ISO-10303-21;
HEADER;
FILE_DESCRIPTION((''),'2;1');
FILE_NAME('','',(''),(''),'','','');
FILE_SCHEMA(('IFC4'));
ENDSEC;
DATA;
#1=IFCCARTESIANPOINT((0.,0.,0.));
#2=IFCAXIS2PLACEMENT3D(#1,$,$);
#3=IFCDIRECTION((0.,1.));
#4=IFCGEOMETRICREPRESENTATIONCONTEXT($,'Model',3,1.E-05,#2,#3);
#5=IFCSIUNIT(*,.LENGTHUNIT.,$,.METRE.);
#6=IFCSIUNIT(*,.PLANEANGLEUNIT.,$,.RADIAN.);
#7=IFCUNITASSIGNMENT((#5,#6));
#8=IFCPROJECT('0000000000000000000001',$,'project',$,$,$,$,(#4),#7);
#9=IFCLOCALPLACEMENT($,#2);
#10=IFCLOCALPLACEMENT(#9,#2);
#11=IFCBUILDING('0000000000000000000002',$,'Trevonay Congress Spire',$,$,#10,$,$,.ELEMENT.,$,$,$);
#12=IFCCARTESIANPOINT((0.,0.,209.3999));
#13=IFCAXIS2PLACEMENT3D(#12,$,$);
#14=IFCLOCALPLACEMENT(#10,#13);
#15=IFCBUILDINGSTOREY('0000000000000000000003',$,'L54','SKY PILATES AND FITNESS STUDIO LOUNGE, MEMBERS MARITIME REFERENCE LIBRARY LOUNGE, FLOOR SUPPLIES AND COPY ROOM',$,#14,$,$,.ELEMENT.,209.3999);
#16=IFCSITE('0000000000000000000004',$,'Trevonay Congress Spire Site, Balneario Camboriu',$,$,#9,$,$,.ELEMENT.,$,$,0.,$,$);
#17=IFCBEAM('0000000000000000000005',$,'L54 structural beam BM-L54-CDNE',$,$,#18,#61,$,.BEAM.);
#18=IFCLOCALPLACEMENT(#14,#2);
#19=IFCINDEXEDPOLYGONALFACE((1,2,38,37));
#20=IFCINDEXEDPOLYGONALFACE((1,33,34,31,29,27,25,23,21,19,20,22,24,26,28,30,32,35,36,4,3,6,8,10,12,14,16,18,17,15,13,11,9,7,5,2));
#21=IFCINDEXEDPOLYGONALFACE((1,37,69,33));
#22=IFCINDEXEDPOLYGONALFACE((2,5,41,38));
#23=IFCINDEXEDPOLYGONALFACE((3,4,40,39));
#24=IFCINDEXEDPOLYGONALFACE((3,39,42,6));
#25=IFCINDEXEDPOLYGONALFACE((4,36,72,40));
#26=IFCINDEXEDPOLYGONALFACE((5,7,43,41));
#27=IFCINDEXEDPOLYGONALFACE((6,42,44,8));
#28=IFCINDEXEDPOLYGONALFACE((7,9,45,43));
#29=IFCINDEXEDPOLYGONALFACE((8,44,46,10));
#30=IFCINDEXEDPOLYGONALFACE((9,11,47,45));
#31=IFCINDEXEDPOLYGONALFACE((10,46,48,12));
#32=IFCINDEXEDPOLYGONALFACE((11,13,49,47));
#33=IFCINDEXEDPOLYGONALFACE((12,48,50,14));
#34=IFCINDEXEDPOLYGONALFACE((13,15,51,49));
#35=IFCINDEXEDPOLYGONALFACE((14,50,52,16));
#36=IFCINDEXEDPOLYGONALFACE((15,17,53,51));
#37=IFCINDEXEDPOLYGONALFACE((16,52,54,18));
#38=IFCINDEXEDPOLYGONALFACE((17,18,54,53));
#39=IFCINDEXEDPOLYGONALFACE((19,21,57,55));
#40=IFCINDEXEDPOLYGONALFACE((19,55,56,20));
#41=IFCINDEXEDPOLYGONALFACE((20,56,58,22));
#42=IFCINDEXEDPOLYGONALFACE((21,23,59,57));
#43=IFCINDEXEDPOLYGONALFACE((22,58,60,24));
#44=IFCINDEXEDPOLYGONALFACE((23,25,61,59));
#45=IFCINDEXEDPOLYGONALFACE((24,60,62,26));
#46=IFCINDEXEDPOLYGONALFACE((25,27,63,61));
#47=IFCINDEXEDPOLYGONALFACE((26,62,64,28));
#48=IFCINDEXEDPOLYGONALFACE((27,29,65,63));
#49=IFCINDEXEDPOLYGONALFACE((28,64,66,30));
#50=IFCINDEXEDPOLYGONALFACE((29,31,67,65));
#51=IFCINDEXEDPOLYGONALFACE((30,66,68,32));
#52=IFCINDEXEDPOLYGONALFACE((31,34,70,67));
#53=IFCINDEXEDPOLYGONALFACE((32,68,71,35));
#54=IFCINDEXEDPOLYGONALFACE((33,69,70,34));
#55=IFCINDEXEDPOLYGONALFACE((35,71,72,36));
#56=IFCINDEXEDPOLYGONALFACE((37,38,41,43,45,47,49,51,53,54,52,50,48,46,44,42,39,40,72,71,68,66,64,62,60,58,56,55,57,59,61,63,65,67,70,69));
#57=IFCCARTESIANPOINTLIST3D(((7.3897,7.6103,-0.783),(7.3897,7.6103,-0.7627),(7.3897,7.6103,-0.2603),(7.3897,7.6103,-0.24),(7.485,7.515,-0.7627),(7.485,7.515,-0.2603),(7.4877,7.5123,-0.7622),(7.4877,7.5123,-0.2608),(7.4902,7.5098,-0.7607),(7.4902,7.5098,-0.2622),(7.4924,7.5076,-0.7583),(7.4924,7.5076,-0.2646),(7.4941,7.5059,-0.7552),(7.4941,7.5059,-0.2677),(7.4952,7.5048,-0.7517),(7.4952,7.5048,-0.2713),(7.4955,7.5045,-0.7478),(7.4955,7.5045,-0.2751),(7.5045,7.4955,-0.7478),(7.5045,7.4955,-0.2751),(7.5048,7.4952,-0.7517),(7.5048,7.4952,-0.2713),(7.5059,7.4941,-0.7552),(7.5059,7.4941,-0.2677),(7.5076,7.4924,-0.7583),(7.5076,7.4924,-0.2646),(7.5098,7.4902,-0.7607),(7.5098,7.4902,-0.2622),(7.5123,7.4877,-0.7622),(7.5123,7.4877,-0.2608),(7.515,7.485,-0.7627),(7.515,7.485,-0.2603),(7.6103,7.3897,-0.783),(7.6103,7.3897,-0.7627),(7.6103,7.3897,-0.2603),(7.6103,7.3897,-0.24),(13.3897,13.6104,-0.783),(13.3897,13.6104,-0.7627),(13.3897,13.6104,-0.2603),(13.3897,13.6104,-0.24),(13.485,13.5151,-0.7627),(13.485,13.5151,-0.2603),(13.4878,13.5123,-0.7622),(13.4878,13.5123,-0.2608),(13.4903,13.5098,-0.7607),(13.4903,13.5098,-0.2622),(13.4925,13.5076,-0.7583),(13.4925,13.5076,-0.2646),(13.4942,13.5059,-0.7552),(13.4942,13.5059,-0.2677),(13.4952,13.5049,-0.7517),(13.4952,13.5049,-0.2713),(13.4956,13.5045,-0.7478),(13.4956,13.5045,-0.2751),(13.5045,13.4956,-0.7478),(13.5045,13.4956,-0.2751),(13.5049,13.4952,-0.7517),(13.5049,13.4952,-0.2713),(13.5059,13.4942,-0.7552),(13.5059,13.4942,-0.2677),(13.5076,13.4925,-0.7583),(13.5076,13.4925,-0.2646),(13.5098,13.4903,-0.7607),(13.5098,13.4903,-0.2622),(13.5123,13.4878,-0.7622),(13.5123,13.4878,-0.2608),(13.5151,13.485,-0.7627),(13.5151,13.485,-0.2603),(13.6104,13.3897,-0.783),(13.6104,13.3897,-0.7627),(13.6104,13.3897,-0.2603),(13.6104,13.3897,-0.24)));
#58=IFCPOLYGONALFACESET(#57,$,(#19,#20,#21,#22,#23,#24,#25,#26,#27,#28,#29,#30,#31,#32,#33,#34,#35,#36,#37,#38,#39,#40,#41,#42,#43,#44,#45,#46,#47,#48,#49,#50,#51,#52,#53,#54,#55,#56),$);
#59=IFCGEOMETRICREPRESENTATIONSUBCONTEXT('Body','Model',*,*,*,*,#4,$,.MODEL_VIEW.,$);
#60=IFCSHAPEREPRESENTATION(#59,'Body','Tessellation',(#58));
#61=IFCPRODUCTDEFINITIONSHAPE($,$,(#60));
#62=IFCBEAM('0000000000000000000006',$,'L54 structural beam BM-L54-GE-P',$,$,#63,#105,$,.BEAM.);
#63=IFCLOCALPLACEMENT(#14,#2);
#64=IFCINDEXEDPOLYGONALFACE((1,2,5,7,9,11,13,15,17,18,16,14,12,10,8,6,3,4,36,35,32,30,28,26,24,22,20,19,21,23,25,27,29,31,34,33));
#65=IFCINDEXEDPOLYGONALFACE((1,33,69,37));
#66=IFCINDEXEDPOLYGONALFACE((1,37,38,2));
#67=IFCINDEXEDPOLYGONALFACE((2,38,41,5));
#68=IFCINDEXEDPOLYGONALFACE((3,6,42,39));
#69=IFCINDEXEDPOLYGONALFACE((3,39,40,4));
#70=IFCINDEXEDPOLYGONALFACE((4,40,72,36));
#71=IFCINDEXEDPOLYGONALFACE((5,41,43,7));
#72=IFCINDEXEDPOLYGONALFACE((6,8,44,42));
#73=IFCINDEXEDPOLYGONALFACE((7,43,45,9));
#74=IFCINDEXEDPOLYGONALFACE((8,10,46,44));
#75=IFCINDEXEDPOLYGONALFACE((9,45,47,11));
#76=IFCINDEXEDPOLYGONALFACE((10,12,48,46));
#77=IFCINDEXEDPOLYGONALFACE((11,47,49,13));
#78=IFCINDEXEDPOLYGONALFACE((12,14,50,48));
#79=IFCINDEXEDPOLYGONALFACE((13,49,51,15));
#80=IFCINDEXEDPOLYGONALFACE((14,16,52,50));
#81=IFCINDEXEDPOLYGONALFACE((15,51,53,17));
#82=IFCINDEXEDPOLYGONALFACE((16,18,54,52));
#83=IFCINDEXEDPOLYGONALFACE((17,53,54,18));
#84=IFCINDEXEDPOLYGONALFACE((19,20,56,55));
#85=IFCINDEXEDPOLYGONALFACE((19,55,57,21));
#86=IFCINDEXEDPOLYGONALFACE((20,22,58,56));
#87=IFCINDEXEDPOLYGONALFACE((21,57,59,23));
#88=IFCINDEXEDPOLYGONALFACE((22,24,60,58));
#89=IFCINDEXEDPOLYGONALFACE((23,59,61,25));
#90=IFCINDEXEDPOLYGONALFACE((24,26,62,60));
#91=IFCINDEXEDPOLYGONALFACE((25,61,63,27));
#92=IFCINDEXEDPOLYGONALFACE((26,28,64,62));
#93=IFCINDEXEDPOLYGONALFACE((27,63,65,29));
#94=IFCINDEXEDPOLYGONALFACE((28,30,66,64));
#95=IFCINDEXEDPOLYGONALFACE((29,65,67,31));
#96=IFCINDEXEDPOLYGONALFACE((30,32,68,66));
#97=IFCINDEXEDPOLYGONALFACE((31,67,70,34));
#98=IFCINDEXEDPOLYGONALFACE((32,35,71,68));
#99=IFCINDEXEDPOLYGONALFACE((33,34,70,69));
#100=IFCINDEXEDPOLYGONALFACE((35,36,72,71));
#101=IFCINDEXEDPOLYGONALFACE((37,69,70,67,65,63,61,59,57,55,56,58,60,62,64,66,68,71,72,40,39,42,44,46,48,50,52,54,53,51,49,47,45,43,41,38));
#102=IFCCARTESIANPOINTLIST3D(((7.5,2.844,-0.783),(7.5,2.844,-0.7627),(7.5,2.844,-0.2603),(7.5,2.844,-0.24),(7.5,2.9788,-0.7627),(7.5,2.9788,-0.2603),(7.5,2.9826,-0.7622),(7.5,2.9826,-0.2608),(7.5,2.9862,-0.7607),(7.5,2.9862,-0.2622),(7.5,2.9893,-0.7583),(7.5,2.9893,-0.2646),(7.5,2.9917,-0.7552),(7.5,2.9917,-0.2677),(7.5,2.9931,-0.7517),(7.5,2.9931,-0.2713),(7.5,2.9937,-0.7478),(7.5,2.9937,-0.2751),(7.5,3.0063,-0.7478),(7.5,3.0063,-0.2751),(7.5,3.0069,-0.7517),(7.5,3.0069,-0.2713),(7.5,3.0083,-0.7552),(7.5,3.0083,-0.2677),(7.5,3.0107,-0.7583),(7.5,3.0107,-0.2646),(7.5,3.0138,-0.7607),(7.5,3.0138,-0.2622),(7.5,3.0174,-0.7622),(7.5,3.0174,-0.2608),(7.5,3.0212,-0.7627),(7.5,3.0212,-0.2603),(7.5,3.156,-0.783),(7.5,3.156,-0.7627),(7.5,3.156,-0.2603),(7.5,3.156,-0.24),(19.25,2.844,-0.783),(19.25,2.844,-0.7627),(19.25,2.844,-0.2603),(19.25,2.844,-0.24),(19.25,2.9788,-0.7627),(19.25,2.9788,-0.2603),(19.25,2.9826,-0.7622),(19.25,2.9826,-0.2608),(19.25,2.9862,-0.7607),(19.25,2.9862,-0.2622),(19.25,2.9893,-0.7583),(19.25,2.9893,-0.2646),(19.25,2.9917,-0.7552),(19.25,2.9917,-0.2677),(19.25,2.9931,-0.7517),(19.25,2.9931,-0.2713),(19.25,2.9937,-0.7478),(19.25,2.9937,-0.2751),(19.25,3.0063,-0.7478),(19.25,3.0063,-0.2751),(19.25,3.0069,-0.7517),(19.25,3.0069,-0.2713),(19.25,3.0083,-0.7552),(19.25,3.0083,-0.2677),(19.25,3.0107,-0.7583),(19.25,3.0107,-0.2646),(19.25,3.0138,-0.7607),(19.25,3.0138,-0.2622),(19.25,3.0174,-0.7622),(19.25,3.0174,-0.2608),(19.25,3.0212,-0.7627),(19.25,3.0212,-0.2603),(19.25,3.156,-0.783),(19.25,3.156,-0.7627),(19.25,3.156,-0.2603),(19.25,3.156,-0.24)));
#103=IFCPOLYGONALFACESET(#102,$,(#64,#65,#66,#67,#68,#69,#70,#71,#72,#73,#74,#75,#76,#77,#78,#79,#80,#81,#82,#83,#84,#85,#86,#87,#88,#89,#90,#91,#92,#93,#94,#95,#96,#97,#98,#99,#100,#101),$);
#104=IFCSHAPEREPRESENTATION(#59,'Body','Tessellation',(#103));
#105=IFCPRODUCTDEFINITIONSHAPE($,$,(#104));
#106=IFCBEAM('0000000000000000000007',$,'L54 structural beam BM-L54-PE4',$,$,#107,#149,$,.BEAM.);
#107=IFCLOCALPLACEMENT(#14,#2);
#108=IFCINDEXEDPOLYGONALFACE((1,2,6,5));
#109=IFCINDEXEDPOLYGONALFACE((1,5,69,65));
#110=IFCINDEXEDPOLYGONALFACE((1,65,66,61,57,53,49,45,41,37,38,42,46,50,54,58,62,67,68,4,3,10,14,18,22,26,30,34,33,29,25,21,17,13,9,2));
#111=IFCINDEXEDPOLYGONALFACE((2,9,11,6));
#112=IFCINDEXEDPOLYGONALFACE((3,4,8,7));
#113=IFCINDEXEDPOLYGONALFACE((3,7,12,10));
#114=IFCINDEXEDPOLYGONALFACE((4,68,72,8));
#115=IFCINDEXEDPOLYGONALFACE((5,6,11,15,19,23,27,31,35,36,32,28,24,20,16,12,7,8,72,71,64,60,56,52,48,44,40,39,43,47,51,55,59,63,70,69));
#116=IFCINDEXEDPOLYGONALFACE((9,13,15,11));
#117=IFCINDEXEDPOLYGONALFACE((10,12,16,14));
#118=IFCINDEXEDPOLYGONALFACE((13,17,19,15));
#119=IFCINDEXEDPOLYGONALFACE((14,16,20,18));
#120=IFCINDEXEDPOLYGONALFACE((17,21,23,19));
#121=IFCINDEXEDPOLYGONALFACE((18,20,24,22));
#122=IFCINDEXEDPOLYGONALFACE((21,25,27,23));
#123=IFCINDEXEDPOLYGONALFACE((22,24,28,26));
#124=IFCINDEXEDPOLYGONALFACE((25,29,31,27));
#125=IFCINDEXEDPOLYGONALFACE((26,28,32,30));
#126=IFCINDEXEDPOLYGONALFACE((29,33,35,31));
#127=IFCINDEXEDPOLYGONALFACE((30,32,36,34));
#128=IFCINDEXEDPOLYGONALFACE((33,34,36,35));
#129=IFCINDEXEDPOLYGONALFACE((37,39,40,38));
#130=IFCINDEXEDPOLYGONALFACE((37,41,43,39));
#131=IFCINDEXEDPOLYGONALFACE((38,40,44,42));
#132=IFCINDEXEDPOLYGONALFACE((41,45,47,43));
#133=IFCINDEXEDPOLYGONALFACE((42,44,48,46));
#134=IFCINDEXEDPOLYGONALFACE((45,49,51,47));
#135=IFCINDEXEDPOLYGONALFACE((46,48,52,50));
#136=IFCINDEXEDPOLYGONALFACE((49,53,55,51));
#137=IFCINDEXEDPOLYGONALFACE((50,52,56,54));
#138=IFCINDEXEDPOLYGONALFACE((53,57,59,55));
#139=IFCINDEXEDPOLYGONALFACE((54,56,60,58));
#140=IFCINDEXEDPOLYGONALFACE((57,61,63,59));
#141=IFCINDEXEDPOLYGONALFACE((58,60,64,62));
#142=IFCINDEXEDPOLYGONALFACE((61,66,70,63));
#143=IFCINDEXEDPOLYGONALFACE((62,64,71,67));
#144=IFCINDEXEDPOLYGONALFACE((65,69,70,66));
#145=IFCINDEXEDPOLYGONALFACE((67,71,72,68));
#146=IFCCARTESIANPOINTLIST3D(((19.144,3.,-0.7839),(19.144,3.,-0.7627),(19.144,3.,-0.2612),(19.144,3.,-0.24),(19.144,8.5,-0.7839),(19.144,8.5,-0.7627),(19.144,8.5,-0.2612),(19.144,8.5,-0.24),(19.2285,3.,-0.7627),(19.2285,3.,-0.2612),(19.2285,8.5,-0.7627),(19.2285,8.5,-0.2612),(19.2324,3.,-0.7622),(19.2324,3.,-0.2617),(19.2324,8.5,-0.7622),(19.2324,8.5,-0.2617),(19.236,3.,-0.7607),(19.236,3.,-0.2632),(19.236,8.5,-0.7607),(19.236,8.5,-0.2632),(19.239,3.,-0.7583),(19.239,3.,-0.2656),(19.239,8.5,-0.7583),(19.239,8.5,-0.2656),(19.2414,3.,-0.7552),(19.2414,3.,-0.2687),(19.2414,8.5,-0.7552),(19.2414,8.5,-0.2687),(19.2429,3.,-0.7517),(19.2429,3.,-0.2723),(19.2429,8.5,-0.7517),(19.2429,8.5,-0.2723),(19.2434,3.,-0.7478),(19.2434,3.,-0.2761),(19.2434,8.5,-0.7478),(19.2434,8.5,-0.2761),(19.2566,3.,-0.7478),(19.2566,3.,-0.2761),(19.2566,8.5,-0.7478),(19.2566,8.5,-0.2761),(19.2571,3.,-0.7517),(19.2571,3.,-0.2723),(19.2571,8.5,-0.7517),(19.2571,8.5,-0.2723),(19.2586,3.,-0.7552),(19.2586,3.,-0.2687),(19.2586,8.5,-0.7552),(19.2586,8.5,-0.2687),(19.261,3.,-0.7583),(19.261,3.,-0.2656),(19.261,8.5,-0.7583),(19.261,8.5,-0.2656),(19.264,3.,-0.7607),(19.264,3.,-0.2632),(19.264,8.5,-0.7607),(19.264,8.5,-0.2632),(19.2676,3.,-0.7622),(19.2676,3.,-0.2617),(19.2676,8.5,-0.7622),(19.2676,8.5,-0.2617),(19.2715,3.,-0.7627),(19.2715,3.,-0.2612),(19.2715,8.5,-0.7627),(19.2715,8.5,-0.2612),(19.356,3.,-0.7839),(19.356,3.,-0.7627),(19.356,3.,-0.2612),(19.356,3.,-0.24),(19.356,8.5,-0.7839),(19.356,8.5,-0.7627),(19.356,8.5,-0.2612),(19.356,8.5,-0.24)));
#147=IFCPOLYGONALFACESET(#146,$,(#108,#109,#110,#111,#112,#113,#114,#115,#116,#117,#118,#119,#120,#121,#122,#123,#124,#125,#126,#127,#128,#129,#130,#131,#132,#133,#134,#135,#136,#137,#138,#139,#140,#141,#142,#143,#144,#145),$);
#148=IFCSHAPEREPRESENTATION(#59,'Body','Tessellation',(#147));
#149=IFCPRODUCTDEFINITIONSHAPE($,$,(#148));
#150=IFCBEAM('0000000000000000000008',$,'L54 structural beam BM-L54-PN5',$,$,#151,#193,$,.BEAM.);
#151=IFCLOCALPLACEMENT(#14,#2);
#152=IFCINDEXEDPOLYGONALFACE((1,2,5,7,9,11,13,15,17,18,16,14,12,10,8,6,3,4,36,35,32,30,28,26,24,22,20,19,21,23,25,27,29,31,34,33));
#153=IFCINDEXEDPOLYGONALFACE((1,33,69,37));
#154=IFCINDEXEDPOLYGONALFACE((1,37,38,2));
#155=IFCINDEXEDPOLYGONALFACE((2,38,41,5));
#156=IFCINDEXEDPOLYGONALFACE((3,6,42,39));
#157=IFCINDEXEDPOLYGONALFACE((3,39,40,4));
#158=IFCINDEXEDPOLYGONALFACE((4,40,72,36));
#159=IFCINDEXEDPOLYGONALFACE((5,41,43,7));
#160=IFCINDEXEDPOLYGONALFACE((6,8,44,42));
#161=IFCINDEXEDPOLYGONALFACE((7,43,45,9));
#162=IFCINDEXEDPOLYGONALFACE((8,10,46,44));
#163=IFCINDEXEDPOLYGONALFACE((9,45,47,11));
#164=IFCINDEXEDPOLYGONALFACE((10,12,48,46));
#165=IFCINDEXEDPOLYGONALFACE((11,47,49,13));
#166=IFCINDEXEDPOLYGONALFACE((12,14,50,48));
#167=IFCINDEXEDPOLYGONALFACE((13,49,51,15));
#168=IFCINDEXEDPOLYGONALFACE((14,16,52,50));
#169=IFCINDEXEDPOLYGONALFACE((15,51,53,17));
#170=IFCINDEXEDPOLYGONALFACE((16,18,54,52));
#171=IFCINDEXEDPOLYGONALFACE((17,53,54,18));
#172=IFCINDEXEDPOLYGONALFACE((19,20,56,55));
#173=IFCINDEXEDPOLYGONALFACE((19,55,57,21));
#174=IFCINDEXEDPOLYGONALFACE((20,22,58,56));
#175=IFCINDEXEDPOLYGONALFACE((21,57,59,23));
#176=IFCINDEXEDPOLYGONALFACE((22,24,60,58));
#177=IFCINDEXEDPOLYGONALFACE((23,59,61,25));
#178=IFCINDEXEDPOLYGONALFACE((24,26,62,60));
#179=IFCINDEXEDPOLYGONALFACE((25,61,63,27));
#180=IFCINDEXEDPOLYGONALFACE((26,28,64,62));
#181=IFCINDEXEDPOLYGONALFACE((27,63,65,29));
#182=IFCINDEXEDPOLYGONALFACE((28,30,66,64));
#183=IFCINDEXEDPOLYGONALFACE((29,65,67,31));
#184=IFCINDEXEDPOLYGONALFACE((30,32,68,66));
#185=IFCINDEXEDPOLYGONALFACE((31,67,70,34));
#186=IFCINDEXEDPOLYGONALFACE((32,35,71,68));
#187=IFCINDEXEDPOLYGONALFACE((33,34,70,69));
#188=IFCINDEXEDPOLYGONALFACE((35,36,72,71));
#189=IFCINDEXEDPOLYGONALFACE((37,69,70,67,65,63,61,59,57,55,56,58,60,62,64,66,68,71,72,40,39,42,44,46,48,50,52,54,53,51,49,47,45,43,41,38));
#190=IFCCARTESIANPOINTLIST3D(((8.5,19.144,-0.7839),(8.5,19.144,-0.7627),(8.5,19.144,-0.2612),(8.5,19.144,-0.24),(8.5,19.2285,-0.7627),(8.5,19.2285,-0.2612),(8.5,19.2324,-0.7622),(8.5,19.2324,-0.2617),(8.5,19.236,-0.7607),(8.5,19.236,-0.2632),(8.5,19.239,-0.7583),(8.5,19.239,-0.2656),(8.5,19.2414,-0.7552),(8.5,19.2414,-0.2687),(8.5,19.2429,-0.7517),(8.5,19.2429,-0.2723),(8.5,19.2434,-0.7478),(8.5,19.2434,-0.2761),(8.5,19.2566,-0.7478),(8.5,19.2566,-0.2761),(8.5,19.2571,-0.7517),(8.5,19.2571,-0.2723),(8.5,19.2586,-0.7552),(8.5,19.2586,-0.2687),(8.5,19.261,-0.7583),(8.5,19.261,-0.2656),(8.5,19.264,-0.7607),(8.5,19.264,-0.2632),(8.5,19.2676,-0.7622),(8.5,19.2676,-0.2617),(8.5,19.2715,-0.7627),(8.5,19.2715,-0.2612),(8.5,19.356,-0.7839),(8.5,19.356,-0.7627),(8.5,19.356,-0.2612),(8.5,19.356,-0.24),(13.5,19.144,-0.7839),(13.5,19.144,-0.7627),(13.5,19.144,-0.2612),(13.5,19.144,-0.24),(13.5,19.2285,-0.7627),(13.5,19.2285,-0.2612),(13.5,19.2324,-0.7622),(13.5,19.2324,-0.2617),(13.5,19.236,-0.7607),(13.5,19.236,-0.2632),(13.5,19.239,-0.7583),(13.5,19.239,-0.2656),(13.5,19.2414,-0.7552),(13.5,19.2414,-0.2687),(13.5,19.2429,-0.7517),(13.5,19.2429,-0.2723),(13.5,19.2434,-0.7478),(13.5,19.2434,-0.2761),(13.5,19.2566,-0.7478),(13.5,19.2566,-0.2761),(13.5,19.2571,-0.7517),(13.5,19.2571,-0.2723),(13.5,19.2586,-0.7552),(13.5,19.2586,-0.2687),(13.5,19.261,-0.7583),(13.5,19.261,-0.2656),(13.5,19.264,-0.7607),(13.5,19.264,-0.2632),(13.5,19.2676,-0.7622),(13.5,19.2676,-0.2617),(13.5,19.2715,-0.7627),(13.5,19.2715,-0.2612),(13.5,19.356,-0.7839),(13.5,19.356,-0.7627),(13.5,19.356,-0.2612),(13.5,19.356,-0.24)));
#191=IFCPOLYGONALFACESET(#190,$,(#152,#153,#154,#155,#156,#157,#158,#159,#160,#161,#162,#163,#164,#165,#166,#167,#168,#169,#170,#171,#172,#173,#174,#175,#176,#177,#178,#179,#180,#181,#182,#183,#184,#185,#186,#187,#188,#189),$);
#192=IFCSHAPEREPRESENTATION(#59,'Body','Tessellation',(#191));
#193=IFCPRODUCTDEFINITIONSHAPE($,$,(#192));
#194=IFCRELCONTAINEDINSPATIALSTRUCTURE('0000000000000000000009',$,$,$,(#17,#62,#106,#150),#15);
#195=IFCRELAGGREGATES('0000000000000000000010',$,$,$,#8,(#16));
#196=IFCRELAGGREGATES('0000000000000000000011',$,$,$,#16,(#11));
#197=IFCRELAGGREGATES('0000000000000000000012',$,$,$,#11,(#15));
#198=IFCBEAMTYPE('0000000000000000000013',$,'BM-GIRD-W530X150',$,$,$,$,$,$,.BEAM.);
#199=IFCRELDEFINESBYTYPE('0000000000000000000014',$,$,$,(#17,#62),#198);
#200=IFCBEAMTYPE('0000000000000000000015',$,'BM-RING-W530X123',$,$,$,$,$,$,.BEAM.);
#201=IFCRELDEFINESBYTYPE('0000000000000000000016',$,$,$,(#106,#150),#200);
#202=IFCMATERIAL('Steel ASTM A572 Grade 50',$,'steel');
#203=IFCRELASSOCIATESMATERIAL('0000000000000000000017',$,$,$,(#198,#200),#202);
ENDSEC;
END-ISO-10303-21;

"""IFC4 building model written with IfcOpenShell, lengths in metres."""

from ifc_helpers import new_model, si_unit, direction, frame, origin, origin_2d, place, context, subcontext, project, spatial, i_section, extrude, material, material_profile, profile_set, type_object, element, save


model = new_model("IFC4")

# Units and contexts
model_context = context("Model", 3, precision=1e-05, world=origin(), true_north=direction((0.0, 1.0)))
body_context = subcontext(model_context, "Body", "Model", "MODEL_VIEW")
ifc_project = project(units=[si_unit("LENGTHUNIT", "METRE"), si_unit("PLANEANGLEUNIT", "RADIAN")], contexts=[model_context])

# Site, building, storey
site_placement = place(None, origin())
site = spatial("IfcSite", under=ifc_project, at=site_placement, Name="Trevonay Congress Spire Site, Balneario Camboriu", CompositionType="ELEMENT", RefElevation=0.0)
building_placement = place(site_placement, origin())
building = spatial("IfcBuilding", under=site, at=building_placement, Name="Trevonay Congress Spire", CompositionType="ELEMENT")
storey_placement = place(building_placement, frame((0.0, 0.0, 209.3999)))
storey = spatial("IfcBuildingStorey", under=building, at=storey_placement, Name="L54", Description="SKY PILATES AND FITNESS STUDIO LOUNGE, MEMBERS MARITIME REFERENCE LIBRARY LOUNGE, FLOOR SUPPLIES AND COPY ROOM", CompositionType="ELEMENT", Elevation=209.3999)

# Shared definitions
ifc_material_1 = material(Name="Steel ASTM A572 Grade 50", Category="steel")

# Beams
ifc_material_profile_1 = material_profile(ifc_material_1, i_section(OverallWidth=0.312, OverallDepth=0.543, WebThickness=0.0127, FlangeThickness=0.0203, FilletRadius=0.0149, at=origin_2d()), Name="W530x150")
ifc_profile_set_1 = profile_set([ifc_material_profile_1], Name="Steel ASTM A572 Grade 50")
beam_type_1 = type_object("IfcBeamType", Name="BM-GIRD-W530X150", PredefinedType="BEAM", material=ifc_profile_set_1)
beam_1_placement = place(storey_placement, frame((7.5, 7.5, -0.5115), z_axis=(0.707107, 0.707107, 0.0), x_axis=(-0.707107, 0.707107, 0.0)))
element("IfcBeam", 1, at=beam_1_placement, inside=storey, type_object=beam_type_1, Name="L54 structural beam BM-L54-CDNE", PredefinedType="BEAM", context=body_context, shape_type="SweptSolid", body=[
    extrude(i_section(OverallWidth=0.312, OverallDepth=0.543, WebThickness=0.0127, FlangeThickness=0.0203, FilletRadius=0.0149, at=origin_2d()), origin(), (0.0, 0.0, 1.0), 8.4854),
])
beam_2_placement = place(storey_placement, frame((7.5, 3.0, -0.5115), z_axis=(1.0, 0.0, 0.0), x_axis=(0.0, 1.0, 0.0)))
element("IfcBeam", 2, at=beam_2_placement, inside=storey, type_object=beam_type_1, Name="L54 structural beam BM-L54-GE-P", PredefinedType="BEAM", context=body_context, shape_type="SweptSolid", body=[
    extrude(i_section(OverallWidth=0.312, OverallDepth=0.543, WebThickness=0.0127, FlangeThickness=0.0203, FilletRadius=0.0149, at=origin_2d()), origin(), (0.0, 0.0, 1.0), 11.75),
])
ifc_material_profile_2 = material_profile(ifc_material_1, i_section(OverallWidth=0.2119, OverallDepth=0.5439, WebThickness=0.0132, FlangeThickness=0.0212, FilletRadius=0.0149, at=origin_2d()), Name="W530x123")
ifc_profile_set_2 = profile_set([ifc_material_profile_2], Name="Steel ASTM A572 Grade 50")
beam_type_2 = type_object("IfcBeamType", Name="BM-RING-W530X123", PredefinedType="BEAM", material=ifc_profile_set_2)
beam_3_placement = place(storey_placement, frame((19.25, 3.0, -0.512), z_axis=(0.0, 1.0, 0.0), x_axis=(-1.0, 0.0, 0.0)))
element("IfcBeam", 3, at=beam_3_placement, inside=storey, type_object=beam_type_2, Name="L54 structural beam BM-L54-PE4", PredefinedType="BEAM", context=body_context, shape_type="SweptSolid", body=[
    extrude(i_section(OverallWidth=0.2119, OverallDepth=0.5439, WebThickness=0.0132, FlangeThickness=0.0212, FilletRadius=0.0149, at=origin_2d()), origin(), (0.0, 0.0, 1.0), 5.5),
])
for number, where, z_axis, x_axis, name in (
    (4, (8.5, 19.25, -0.512), (1.0, 0.0, 0.0), (0.0, 1.0, 0.0), "L54 structural beam BM-L54-PN5"),
):
    element("IfcBeam", number, at=place(storey_placement, frame(where, z_axis=z_axis, x_axis=x_axis)), inside=storey, type_object=beam_type_2, Name=name, PredefinedType="BEAM", context=body_context, shape_type="SweptSolid", body=[
        extrude(i_section(OverallWidth=0.2119, OverallDepth=0.5439, WebThickness=0.0132, FlangeThickness=0.0212, FilletRadius=0.0149, at=origin_2d()), origin(), (0.0, 0.0, 1.0), 5.0),
    ])

save(model, "model.ifc")
